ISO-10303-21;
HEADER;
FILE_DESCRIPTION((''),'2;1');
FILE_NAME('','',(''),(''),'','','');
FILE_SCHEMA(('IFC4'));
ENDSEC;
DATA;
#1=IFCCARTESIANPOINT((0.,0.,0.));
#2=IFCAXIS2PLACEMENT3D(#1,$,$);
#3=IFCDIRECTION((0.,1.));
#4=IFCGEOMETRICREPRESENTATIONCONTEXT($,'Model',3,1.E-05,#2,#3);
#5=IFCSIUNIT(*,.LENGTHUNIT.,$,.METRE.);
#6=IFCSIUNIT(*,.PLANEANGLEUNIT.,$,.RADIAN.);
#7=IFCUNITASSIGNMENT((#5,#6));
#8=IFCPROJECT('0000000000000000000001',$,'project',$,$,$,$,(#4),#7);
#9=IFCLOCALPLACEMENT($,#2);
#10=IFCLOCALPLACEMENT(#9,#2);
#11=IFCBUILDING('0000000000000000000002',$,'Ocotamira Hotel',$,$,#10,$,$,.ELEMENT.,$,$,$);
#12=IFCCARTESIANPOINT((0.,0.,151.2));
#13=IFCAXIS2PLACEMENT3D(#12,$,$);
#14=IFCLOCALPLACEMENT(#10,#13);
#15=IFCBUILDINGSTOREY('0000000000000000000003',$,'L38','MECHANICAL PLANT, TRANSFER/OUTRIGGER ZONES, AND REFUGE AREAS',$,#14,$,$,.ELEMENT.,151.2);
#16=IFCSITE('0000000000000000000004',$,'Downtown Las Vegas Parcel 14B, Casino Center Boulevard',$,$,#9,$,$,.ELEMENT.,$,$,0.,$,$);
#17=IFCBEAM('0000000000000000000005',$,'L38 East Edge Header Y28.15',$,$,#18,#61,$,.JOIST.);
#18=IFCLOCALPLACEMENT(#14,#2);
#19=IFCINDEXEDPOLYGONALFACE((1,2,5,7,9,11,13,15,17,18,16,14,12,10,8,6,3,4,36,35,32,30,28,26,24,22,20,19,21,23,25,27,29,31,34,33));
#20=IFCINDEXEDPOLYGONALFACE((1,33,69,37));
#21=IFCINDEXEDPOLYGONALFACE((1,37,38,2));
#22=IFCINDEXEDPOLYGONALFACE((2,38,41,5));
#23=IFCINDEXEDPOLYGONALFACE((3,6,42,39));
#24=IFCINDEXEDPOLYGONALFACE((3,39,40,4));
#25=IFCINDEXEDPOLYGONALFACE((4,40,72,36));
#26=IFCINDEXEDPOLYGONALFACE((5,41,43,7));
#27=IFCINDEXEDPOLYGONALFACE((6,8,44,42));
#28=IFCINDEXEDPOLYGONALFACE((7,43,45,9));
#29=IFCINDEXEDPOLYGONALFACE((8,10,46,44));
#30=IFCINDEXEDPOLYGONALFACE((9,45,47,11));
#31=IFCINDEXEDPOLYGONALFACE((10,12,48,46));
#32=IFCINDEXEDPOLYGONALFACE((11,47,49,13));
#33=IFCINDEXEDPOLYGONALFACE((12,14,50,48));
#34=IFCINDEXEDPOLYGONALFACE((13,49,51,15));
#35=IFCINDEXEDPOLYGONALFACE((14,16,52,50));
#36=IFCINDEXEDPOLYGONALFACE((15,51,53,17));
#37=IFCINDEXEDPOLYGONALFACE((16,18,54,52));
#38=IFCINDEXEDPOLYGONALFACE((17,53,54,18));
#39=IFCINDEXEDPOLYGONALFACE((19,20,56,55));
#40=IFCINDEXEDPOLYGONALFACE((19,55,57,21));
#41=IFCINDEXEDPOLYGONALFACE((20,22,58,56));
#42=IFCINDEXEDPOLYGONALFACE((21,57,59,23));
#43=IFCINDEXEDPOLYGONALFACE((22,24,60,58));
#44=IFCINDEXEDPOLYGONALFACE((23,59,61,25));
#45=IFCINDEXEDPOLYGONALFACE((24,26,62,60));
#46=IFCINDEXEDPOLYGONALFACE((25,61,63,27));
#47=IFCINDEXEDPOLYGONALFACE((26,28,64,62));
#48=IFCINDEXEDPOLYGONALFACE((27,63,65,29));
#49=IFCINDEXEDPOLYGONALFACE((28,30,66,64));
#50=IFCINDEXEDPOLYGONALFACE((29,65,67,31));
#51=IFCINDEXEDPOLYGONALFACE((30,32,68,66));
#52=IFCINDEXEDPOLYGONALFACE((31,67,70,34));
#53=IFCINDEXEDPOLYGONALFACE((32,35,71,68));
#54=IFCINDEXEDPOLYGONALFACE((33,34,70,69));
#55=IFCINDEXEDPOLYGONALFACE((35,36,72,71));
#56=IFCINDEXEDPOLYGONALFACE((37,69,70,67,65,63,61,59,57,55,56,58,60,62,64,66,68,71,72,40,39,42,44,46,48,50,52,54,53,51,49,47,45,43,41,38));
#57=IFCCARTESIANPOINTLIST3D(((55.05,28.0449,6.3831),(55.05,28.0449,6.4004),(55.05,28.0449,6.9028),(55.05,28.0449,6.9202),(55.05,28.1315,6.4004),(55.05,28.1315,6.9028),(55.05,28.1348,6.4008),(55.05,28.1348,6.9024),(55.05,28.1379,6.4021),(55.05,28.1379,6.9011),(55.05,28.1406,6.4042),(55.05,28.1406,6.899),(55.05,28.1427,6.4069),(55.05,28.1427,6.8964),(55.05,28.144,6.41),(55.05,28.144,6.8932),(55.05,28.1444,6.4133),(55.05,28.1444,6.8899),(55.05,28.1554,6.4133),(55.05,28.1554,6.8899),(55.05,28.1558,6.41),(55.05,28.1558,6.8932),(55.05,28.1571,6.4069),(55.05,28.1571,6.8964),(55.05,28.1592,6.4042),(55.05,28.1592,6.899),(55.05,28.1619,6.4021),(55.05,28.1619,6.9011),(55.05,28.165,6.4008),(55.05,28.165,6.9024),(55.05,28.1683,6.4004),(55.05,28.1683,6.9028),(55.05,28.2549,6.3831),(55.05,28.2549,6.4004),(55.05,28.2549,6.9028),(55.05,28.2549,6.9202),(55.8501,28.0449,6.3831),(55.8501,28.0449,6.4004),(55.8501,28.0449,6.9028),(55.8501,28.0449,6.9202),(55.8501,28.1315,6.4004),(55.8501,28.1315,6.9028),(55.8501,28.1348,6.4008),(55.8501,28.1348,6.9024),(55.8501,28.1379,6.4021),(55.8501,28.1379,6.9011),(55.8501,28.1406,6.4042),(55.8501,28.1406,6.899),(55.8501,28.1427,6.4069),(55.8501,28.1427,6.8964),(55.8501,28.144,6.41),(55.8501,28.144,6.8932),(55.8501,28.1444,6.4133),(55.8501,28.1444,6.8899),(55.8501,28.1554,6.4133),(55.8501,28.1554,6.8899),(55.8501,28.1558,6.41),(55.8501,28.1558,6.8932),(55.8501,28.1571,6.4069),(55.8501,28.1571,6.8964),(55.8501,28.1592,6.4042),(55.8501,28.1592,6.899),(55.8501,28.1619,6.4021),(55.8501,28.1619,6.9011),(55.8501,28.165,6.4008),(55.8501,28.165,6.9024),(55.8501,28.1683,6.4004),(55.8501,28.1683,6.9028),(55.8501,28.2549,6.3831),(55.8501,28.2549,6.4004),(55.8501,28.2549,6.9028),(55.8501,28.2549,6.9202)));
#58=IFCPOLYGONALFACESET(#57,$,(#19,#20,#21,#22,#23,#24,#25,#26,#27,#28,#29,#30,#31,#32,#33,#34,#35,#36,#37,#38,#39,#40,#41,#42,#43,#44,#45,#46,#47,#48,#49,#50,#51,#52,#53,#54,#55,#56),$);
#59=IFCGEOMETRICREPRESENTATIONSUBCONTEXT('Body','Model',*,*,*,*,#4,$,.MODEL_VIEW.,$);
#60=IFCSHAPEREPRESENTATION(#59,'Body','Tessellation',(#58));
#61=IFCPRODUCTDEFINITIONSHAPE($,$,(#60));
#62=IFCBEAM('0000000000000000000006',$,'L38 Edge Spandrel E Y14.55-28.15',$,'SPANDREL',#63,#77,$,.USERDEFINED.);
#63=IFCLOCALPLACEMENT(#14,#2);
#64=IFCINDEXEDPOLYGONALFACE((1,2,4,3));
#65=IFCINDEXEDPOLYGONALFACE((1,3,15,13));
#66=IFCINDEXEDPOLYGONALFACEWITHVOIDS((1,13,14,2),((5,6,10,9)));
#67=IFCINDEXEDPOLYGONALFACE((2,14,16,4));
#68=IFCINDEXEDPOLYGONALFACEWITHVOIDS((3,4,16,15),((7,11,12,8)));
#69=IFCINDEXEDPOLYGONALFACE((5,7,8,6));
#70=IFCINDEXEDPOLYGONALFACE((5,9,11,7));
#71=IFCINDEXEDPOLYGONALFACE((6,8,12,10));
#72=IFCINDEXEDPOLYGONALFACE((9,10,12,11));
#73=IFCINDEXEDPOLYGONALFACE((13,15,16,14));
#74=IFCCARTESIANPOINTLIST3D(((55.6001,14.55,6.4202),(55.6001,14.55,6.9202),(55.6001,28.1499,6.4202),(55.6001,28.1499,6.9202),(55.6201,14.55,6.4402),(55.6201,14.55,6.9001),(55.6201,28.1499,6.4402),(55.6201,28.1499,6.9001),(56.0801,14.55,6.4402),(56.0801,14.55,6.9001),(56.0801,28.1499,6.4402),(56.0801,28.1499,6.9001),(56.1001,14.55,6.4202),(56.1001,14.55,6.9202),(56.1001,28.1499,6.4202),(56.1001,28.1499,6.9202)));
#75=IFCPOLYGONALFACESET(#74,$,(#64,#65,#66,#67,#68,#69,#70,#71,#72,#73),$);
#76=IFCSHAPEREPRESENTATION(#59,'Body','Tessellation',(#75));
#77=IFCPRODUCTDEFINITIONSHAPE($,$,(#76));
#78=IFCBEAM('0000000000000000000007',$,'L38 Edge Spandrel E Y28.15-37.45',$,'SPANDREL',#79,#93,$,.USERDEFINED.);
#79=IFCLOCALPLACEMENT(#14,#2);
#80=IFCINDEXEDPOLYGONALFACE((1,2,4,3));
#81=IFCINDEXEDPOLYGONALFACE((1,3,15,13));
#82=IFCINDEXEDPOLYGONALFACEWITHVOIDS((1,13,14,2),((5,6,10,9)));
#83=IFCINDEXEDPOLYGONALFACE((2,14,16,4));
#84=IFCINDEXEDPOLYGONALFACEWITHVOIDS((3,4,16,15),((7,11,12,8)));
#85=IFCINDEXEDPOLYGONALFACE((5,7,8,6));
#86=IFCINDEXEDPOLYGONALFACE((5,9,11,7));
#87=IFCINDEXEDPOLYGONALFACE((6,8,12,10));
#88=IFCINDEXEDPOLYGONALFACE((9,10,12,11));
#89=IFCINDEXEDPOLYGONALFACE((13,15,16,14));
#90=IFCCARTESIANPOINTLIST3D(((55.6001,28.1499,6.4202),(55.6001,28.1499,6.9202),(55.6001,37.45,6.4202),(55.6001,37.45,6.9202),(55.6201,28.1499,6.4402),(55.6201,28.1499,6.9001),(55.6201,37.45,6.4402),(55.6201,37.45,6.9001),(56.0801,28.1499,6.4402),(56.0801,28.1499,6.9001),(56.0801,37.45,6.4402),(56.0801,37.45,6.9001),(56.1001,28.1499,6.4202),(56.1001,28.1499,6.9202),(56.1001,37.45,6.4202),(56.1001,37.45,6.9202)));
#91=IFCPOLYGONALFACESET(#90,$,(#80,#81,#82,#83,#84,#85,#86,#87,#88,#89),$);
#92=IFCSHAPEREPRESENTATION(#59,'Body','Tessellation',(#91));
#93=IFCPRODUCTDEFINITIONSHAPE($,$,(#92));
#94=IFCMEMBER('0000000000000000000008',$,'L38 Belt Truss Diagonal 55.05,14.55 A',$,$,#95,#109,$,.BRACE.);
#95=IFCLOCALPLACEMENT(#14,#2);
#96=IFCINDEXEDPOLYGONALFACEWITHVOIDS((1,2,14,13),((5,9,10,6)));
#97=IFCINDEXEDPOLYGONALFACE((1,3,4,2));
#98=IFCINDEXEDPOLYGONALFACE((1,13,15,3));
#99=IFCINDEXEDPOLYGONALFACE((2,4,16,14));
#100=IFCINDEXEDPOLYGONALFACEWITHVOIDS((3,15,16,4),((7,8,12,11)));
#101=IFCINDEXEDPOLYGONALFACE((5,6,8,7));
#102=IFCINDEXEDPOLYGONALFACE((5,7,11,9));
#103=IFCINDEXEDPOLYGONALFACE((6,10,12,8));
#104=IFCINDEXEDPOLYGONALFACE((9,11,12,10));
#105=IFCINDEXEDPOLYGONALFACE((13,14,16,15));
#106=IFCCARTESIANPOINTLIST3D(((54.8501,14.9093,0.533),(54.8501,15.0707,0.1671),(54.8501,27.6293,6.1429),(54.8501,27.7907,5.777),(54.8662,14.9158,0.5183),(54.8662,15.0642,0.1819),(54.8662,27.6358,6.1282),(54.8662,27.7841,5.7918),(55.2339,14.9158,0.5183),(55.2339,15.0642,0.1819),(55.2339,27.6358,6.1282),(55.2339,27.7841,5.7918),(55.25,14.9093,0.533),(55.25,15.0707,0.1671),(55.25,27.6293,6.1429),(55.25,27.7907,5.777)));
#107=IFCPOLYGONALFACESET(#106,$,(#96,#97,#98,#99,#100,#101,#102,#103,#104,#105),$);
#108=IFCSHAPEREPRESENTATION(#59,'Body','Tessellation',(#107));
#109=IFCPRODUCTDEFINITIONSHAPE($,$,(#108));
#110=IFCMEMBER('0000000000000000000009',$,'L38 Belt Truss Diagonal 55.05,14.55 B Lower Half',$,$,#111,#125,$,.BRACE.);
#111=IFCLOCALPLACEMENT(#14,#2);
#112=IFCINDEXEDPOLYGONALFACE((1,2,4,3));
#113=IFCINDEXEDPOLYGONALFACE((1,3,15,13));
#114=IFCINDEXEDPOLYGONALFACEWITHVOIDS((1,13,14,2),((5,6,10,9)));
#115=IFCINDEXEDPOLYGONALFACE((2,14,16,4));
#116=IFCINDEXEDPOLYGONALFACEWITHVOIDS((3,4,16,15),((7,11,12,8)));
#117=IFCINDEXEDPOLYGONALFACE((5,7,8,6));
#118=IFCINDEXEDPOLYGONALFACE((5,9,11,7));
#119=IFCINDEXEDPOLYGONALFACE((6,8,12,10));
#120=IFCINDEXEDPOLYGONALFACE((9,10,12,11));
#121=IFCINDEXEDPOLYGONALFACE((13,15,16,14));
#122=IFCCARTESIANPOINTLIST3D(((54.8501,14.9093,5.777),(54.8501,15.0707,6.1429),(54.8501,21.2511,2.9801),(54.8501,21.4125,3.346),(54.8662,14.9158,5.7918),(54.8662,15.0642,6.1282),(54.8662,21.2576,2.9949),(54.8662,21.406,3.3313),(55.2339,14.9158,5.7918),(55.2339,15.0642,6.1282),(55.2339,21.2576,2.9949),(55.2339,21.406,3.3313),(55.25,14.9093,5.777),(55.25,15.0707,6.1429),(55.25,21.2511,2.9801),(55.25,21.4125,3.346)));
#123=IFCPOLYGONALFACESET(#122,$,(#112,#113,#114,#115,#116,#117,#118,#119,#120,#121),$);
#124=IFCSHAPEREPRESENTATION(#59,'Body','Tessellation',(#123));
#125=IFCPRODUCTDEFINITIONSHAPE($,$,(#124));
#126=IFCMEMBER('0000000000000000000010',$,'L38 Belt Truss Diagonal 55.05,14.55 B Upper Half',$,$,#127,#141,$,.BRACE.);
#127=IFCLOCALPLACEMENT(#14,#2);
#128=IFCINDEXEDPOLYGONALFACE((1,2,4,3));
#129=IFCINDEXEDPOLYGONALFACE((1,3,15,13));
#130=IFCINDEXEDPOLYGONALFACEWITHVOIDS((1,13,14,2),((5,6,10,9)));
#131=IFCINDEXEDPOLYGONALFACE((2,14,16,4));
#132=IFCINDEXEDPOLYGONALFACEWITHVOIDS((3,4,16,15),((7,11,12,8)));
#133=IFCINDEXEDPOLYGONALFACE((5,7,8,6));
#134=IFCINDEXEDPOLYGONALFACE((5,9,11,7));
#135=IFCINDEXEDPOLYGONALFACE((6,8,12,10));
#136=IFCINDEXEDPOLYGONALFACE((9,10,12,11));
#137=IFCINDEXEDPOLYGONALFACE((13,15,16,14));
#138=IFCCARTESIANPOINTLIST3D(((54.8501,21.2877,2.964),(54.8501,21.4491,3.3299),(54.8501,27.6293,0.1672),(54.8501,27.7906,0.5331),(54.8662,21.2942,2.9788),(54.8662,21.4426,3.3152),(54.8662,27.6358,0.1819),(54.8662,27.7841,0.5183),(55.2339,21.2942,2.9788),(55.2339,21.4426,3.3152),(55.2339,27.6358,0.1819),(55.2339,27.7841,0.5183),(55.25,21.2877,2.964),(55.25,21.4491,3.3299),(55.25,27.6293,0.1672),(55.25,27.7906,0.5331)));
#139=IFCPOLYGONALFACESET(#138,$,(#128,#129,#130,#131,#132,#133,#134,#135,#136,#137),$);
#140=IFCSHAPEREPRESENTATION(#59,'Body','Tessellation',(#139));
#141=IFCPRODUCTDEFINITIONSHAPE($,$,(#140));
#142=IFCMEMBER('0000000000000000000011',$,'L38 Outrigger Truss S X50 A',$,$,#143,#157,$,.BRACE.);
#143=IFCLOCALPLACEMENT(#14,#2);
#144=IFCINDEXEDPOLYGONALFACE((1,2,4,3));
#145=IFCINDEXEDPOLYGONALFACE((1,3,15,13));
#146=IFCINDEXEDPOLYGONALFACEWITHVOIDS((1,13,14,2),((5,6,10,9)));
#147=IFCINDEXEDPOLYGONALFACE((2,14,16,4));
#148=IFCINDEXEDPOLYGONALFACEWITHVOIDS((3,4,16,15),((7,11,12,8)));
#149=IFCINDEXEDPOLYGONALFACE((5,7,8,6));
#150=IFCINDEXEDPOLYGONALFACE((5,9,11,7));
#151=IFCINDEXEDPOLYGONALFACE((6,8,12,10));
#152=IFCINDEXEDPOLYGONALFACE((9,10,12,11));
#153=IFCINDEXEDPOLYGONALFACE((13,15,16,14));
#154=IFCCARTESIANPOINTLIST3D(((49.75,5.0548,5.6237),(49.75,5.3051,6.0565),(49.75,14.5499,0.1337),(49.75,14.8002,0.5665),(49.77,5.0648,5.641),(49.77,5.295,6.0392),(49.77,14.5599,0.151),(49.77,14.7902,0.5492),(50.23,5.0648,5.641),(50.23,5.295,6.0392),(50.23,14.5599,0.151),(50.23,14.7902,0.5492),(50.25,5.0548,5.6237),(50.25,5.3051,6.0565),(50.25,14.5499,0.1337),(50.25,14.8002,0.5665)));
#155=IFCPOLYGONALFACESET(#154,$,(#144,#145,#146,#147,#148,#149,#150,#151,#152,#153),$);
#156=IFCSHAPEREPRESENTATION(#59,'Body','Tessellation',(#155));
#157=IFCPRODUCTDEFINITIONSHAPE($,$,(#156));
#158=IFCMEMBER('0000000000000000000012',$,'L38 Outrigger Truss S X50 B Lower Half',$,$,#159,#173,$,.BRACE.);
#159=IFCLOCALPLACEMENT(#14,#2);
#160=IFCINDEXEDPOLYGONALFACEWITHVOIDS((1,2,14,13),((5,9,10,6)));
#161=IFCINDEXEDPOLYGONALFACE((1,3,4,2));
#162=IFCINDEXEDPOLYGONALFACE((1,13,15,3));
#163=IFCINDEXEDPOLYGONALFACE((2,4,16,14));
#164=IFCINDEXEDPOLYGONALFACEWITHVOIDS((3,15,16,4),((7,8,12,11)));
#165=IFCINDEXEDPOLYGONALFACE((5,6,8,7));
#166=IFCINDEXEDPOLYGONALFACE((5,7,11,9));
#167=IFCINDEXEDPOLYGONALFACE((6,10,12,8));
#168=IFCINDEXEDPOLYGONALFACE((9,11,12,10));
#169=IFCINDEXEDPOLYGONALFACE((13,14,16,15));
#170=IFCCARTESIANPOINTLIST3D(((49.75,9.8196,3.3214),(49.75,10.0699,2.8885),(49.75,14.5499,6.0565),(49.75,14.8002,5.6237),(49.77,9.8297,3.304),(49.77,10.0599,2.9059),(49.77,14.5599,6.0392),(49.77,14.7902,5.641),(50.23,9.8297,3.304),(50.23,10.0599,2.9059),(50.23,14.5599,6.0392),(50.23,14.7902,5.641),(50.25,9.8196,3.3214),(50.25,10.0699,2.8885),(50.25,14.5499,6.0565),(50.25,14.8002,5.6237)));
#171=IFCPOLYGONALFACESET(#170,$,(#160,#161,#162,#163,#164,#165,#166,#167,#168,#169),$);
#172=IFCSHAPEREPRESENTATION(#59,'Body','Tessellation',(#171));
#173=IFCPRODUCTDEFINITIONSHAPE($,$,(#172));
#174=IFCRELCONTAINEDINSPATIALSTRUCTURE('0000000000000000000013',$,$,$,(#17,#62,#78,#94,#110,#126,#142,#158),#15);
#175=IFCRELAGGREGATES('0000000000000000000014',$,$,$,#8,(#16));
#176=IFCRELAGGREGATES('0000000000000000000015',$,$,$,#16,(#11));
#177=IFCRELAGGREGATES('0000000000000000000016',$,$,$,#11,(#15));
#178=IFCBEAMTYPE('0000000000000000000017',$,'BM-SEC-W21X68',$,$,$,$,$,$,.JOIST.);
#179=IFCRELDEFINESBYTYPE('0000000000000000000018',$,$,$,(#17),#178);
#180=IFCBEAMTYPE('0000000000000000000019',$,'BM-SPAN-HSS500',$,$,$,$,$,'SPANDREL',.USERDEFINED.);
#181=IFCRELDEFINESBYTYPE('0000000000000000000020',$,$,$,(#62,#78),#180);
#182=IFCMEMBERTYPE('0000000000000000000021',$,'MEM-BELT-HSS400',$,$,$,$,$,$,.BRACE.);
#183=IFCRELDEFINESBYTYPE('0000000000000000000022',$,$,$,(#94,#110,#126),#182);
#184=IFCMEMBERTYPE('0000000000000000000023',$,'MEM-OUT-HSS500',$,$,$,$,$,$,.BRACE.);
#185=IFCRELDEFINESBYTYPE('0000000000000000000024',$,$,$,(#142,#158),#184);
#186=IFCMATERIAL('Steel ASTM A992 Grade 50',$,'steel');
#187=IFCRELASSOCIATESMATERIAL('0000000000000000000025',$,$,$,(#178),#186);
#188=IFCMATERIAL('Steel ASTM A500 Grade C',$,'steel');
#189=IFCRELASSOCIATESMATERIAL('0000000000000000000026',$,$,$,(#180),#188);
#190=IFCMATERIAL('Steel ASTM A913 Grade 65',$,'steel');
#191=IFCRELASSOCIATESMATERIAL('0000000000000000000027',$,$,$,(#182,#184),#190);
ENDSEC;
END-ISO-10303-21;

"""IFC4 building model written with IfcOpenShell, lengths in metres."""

from ifc_helpers import new_model, si_unit, direction, frame, origin, origin_2d, place, context, subcontext, project, spatial, hollow_rectangle, i_section, extrude, source, transform, mapped, material, material_profile, profile_set, type_object, element, save


model = new_model("IFC4")

# Units and contexts
model_context = context("Model", 3, precision=1e-05, world=origin(), true_north=direction((0.0, 1.0)))
body_context = subcontext(model_context, "Body", "Model", "MODEL_VIEW")
ifc_project = project(units=[si_unit("LENGTHUNIT", "METRE"), si_unit("PLANEANGLEUNIT", "RADIAN")], contexts=[model_context])

# Site, building, storey
site_placement = place(None, origin())
site = spatial("IfcSite", under=ifc_project, at=site_placement, Name="Downtown Las Vegas Parcel 14B, Casino Center Boulevard", CompositionType="ELEMENT", RefElevation=0.0)
building_placement = place(site_placement, origin())
building = spatial("IfcBuilding", under=site, at=building_placement, Name="Ocotamira Hotel", CompositionType="ELEMENT")
storey_placement = place(building_placement, frame((0.0, 0.0, 151.2)))
storey = spatial("IfcBuildingStorey", under=building, at=storey_placement, Name="L38", Description="MECHANICAL PLANT, TRANSFER/OUTRIGGER ZONES, AND REFUGE AREAS", CompositionType="ELEMENT", Elevation=151.2)

# Shared definitions
ifc_material_1 = material(Name="Steel ASTM A913 Grade 65", Category="steel")

# Beams
ifc_material_2 = material(Name="Steel ASTM A992 Grade 50", Category="steel")
ifc_material_profile_1 = material_profile(ifc_material_2, i_section(OverallWidth=0.21, OverallDepth=0.5371, WebThickness=0.011, FlangeThickness=0.0173, FilletRadius=0.0129, at=origin_2d()), Name="W21X68")
ifc_profile_set_1 = profile_set([ifc_material_profile_1], Name="Steel ASTM A992 Grade 50")
beam_type_1 = type_object("IfcBeamType", Name="BM-SEC-W21X68", PredefinedType="JOIST", material=ifc_profile_set_1)
shared_shape_1 = source(origin(), body_context, "Body", "SweptSolid", [
    extrude(i_section(OverallWidth=0.21, OverallDepth=0.5371, WebThickness=0.011, FlangeThickness=0.0173, FilletRadius=0.0129, at=origin_2d()), origin(), (0.0, 0.0, 1.0), 0.8),
])
for number, where, z_axis, x_axis, name in (
    (1, (55.05, 28.1499, 6.6516), (1.0, 0.0, 0.0), (0.0, 1.0, 0.0), "L38 East Edge Header Y28.15"),
):
    element("IfcBeam", number, at=place(storey_placement, frame(where, z_axis=z_axis, x_axis=x_axis)), inside=storey, type_object=beam_type_1, Name=name, PredefinedType="JOIST", context=body_context, shape_type="MappedRepresentation", body=[
        mapped(shared_shape_1, transform((0.0, 0.0, 0.0), scale=1.0)),
    ])
ifc_material_3 = material(Name="Steel ASTM A500 Grade C", Category="steel")
ifc_material_profile_2 = material_profile(ifc_material_3, hollow_rectangle(XDim=0.5, YDim=0.5, WallThickness=0.02, at=origin_2d()), Name="HSS500X500X20")
ifc_profile_set_2 = profile_set([ifc_material_profile_2], Name="Steel ASTM A500 Grade C")
beam_type_2 = type_object("IfcBeamType", Name="BM-SPAN-HSS500", ElementType="SPANDREL", PredefinedType="USERDEFINED", material=ifc_profile_set_2)
shared_shape_2 = source(origin(), body_context, "Body", "SweptSolid", [
    extrude(hollow_rectangle(XDim=0.5, YDim=0.5, WallThickness=0.02, at=origin_2d()), origin(), (0.0, 0.0, 1.0), 13.5999),
])
beam_1_placement = place(storey_placement, frame((55.8501, 14.55, 6.6702), z_axis=(0.0, 1.0, 0.0), x_axis=(-1.0, 0.0, 0.0)))
element("IfcBeam", 2, at=beam_1_placement, inside=storey, type_object=beam_type_2, Name="L38 Edge Spandrel E Y14.55-28.15", ObjectType="SPANDREL", PredefinedType="USERDEFINED", context=body_context, shape_type="MappedRepresentation", body=[
    mapped(shared_shape_2, transform((0.0, 0.0, 0.0), scale=1.0)),
])
shared_shape_3 = source(origin(), body_context, "Body", "SweptSolid", [
    extrude(hollow_rectangle(XDim=0.5, YDim=0.5, WallThickness=0.02, at=origin_2d()), origin(), (0.0, 0.0, 1.0), 9.3),
])
beam_2_placement = place(storey_placement, frame((55.8501, 28.1499, 6.6702), z_axis=(0.0, 1.0, 0.0), x_axis=(-1.0, 0.0, 0.0)))
element("IfcBeam", 3, at=beam_2_placement, inside=storey, type_object=beam_type_2, Name="L38 Edge Spandrel E Y28.15-37.45", ObjectType="SPANDREL", PredefinedType="USERDEFINED", context=body_context, shape_type="MappedRepresentation", body=[
    mapped(shared_shape_3, transform((0.0, 0.0, 0.0), scale=1.0)),
])

# Members
ifc_material_profile_3 = material_profile(ifc_material_1, hollow_rectangle(XDim=0.3999, YDim=0.3999, WallThickness=0.0161, at=origin_2d()), Name="HSS400X400X16")
ifc_profile_set_3 = profile_set([ifc_material_profile_3], Name="Steel ASTM A913 Grade 65")
member_type_1 = type_object("IfcMemberType", Name="MEM-BELT-HSS400", PredefinedType="BRACE", material=ifc_profile_set_3)
shared_shape_4 = source(origin(), body_context, "Body", "SweptSolid", [
    extrude(hollow_rectangle(XDim=0.3999, YDim=0.3999, WallThickness=0.0161, at=origin_2d()), origin(), (0.0, 0.0, 1.0), 13.9021),
])
member_1_placement = place(storey_placement, frame((55.05, 14.99, 0.3501), z_axis=(0.0, 0.914968, 0.403526), x_axis=(-1.0, 0.0, 0.0)))
element("IfcMember", 4, at=member_1_placement, inside=storey, type_object=member_type_1, Name="L38 Belt Truss Diagonal 55.05,14.55 A", PredefinedType="BRACE", context=body_context, shape_type="MappedRepresentation", body=[
    mapped(shared_shape_4, transform((0.0, 0.0, 0.0), scale=1.0)),
])
shared_shape_5 = source(origin(), body_context, "Body", "SweptSolid", [
    extrude(hollow_rectangle(XDim=0.3999, YDim=0.3999, WallThickness=0.0161, at=origin_2d()), origin(), (0.0, 0.0, 1.0), 6.9312),
])
member_2_placement = place(storey_placement, frame((55.05, 14.99, 5.96), z_axis=(0.0, 0.91497, -0.403522), x_axis=(-1.0, 0.0, 0.0)))
element("IfcMember", 5, at=member_2_placement, inside=storey, type_object=member_type_1, Name="L38 Belt Truss Diagonal 55.05,14.55 B Lower Half", PredefinedType="BRACE", context=body_context, shape_type="MappedRepresentation", body=[
    mapped(shared_shape_5, transform((0.0, 0.0, 0.0), scale=1.0)),
])
shared_shape_6 = source(origin(), body_context, "Body", "SweptSolid", [
    extrude(hollow_rectangle(XDim=0.3999, YDim=0.3999, WallThickness=0.0161, at=origin_2d()), origin(), (0.0, 0.0, 1.0), 6.9309),
])
member_3_placement = place(storey_placement, frame((55.05, 21.3684, 3.147), z_axis=(0.0, 0.914964, -0.403535), x_axis=(-1.0, 0.0, 0.0)))
element("IfcMember", 6, at=member_3_placement, inside=storey, type_object=member_type_1, Name="L38 Belt Truss Diagonal 55.05,14.55 B Upper Half", PredefinedType="BRACE", context=body_context, shape_type="MappedRepresentation", body=[
    mapped(shared_shape_6, transform((0.0, 0.0, 0.0), scale=1.0)),
])
ifc_material_profile_4 = material_profile(ifc_material_1, hollow_rectangle(XDim=0.5, YDim=0.5, WallThickness=0.02, at=origin_2d()), Name="HSS500X500X20")
ifc_profile_set_4 = profile_set([ifc_material_profile_4], Name="Steel ASTM A913 Grade 65")
member_type_2 = type_object("IfcMemberType", Name="MEM-OUT-HSS500", PredefinedType="BRACE", material=ifc_profile_set_4)
shared_shape_7 = source(origin(), body_context, "Body", "SweptSolid", [
    extrude(hollow_rectangle(XDim=0.5, YDim=0.5, WallThickness=0.02, at=origin_2d()), origin(), (0.0, 0.0, 1.0), 10.968),
])
member_4_placement = place(storey_placement, frame((50.0, 14.675, 0.3501), z_axis=(0.0, -0.86571, 0.500546), x_axis=(1.0, 0.0, 0.0)))
element("IfcMember", 7, at=member_4_placement, inside=storey, type_object=member_type_2, Name="L38 Outrigger Truss S X50 A", PredefinedType="BRACE", context=body_context, shape_type="MappedRepresentation", body=[
    mapped(shared_shape_7, transform((0.0, 0.0, 0.0), scale=1.0)),
])
shared_shape_8 = source(origin(), body_context, "Body", "SweptSolid", [
    extrude(hollow_rectangle(XDim=0.5, YDim=0.5, WallThickness=0.02, at=origin_2d()), origin(), (0.0, 0.0, 1.0), 5.4641),
])
member_5_placement = place(storey_placement, frame((50.0, 14.675, 5.8401), z_axis=(0.0, -0.865699, -0.500564), x_axis=(1.0, 0.0, 0.0)))
element("IfcMember", 8, at=member_5_placement, inside=storey, type_object=member_type_2, Name="L38 Outrigger Truss S X50 B Lower Half", PredefinedType="BRACE", context=body_context, shape_type="MappedRepresentation", body=[
    mapped(shared_shape_8, transform((0.0, 0.0, 0.0), scale=1.0)),
])

save(model, "model.ifc")
